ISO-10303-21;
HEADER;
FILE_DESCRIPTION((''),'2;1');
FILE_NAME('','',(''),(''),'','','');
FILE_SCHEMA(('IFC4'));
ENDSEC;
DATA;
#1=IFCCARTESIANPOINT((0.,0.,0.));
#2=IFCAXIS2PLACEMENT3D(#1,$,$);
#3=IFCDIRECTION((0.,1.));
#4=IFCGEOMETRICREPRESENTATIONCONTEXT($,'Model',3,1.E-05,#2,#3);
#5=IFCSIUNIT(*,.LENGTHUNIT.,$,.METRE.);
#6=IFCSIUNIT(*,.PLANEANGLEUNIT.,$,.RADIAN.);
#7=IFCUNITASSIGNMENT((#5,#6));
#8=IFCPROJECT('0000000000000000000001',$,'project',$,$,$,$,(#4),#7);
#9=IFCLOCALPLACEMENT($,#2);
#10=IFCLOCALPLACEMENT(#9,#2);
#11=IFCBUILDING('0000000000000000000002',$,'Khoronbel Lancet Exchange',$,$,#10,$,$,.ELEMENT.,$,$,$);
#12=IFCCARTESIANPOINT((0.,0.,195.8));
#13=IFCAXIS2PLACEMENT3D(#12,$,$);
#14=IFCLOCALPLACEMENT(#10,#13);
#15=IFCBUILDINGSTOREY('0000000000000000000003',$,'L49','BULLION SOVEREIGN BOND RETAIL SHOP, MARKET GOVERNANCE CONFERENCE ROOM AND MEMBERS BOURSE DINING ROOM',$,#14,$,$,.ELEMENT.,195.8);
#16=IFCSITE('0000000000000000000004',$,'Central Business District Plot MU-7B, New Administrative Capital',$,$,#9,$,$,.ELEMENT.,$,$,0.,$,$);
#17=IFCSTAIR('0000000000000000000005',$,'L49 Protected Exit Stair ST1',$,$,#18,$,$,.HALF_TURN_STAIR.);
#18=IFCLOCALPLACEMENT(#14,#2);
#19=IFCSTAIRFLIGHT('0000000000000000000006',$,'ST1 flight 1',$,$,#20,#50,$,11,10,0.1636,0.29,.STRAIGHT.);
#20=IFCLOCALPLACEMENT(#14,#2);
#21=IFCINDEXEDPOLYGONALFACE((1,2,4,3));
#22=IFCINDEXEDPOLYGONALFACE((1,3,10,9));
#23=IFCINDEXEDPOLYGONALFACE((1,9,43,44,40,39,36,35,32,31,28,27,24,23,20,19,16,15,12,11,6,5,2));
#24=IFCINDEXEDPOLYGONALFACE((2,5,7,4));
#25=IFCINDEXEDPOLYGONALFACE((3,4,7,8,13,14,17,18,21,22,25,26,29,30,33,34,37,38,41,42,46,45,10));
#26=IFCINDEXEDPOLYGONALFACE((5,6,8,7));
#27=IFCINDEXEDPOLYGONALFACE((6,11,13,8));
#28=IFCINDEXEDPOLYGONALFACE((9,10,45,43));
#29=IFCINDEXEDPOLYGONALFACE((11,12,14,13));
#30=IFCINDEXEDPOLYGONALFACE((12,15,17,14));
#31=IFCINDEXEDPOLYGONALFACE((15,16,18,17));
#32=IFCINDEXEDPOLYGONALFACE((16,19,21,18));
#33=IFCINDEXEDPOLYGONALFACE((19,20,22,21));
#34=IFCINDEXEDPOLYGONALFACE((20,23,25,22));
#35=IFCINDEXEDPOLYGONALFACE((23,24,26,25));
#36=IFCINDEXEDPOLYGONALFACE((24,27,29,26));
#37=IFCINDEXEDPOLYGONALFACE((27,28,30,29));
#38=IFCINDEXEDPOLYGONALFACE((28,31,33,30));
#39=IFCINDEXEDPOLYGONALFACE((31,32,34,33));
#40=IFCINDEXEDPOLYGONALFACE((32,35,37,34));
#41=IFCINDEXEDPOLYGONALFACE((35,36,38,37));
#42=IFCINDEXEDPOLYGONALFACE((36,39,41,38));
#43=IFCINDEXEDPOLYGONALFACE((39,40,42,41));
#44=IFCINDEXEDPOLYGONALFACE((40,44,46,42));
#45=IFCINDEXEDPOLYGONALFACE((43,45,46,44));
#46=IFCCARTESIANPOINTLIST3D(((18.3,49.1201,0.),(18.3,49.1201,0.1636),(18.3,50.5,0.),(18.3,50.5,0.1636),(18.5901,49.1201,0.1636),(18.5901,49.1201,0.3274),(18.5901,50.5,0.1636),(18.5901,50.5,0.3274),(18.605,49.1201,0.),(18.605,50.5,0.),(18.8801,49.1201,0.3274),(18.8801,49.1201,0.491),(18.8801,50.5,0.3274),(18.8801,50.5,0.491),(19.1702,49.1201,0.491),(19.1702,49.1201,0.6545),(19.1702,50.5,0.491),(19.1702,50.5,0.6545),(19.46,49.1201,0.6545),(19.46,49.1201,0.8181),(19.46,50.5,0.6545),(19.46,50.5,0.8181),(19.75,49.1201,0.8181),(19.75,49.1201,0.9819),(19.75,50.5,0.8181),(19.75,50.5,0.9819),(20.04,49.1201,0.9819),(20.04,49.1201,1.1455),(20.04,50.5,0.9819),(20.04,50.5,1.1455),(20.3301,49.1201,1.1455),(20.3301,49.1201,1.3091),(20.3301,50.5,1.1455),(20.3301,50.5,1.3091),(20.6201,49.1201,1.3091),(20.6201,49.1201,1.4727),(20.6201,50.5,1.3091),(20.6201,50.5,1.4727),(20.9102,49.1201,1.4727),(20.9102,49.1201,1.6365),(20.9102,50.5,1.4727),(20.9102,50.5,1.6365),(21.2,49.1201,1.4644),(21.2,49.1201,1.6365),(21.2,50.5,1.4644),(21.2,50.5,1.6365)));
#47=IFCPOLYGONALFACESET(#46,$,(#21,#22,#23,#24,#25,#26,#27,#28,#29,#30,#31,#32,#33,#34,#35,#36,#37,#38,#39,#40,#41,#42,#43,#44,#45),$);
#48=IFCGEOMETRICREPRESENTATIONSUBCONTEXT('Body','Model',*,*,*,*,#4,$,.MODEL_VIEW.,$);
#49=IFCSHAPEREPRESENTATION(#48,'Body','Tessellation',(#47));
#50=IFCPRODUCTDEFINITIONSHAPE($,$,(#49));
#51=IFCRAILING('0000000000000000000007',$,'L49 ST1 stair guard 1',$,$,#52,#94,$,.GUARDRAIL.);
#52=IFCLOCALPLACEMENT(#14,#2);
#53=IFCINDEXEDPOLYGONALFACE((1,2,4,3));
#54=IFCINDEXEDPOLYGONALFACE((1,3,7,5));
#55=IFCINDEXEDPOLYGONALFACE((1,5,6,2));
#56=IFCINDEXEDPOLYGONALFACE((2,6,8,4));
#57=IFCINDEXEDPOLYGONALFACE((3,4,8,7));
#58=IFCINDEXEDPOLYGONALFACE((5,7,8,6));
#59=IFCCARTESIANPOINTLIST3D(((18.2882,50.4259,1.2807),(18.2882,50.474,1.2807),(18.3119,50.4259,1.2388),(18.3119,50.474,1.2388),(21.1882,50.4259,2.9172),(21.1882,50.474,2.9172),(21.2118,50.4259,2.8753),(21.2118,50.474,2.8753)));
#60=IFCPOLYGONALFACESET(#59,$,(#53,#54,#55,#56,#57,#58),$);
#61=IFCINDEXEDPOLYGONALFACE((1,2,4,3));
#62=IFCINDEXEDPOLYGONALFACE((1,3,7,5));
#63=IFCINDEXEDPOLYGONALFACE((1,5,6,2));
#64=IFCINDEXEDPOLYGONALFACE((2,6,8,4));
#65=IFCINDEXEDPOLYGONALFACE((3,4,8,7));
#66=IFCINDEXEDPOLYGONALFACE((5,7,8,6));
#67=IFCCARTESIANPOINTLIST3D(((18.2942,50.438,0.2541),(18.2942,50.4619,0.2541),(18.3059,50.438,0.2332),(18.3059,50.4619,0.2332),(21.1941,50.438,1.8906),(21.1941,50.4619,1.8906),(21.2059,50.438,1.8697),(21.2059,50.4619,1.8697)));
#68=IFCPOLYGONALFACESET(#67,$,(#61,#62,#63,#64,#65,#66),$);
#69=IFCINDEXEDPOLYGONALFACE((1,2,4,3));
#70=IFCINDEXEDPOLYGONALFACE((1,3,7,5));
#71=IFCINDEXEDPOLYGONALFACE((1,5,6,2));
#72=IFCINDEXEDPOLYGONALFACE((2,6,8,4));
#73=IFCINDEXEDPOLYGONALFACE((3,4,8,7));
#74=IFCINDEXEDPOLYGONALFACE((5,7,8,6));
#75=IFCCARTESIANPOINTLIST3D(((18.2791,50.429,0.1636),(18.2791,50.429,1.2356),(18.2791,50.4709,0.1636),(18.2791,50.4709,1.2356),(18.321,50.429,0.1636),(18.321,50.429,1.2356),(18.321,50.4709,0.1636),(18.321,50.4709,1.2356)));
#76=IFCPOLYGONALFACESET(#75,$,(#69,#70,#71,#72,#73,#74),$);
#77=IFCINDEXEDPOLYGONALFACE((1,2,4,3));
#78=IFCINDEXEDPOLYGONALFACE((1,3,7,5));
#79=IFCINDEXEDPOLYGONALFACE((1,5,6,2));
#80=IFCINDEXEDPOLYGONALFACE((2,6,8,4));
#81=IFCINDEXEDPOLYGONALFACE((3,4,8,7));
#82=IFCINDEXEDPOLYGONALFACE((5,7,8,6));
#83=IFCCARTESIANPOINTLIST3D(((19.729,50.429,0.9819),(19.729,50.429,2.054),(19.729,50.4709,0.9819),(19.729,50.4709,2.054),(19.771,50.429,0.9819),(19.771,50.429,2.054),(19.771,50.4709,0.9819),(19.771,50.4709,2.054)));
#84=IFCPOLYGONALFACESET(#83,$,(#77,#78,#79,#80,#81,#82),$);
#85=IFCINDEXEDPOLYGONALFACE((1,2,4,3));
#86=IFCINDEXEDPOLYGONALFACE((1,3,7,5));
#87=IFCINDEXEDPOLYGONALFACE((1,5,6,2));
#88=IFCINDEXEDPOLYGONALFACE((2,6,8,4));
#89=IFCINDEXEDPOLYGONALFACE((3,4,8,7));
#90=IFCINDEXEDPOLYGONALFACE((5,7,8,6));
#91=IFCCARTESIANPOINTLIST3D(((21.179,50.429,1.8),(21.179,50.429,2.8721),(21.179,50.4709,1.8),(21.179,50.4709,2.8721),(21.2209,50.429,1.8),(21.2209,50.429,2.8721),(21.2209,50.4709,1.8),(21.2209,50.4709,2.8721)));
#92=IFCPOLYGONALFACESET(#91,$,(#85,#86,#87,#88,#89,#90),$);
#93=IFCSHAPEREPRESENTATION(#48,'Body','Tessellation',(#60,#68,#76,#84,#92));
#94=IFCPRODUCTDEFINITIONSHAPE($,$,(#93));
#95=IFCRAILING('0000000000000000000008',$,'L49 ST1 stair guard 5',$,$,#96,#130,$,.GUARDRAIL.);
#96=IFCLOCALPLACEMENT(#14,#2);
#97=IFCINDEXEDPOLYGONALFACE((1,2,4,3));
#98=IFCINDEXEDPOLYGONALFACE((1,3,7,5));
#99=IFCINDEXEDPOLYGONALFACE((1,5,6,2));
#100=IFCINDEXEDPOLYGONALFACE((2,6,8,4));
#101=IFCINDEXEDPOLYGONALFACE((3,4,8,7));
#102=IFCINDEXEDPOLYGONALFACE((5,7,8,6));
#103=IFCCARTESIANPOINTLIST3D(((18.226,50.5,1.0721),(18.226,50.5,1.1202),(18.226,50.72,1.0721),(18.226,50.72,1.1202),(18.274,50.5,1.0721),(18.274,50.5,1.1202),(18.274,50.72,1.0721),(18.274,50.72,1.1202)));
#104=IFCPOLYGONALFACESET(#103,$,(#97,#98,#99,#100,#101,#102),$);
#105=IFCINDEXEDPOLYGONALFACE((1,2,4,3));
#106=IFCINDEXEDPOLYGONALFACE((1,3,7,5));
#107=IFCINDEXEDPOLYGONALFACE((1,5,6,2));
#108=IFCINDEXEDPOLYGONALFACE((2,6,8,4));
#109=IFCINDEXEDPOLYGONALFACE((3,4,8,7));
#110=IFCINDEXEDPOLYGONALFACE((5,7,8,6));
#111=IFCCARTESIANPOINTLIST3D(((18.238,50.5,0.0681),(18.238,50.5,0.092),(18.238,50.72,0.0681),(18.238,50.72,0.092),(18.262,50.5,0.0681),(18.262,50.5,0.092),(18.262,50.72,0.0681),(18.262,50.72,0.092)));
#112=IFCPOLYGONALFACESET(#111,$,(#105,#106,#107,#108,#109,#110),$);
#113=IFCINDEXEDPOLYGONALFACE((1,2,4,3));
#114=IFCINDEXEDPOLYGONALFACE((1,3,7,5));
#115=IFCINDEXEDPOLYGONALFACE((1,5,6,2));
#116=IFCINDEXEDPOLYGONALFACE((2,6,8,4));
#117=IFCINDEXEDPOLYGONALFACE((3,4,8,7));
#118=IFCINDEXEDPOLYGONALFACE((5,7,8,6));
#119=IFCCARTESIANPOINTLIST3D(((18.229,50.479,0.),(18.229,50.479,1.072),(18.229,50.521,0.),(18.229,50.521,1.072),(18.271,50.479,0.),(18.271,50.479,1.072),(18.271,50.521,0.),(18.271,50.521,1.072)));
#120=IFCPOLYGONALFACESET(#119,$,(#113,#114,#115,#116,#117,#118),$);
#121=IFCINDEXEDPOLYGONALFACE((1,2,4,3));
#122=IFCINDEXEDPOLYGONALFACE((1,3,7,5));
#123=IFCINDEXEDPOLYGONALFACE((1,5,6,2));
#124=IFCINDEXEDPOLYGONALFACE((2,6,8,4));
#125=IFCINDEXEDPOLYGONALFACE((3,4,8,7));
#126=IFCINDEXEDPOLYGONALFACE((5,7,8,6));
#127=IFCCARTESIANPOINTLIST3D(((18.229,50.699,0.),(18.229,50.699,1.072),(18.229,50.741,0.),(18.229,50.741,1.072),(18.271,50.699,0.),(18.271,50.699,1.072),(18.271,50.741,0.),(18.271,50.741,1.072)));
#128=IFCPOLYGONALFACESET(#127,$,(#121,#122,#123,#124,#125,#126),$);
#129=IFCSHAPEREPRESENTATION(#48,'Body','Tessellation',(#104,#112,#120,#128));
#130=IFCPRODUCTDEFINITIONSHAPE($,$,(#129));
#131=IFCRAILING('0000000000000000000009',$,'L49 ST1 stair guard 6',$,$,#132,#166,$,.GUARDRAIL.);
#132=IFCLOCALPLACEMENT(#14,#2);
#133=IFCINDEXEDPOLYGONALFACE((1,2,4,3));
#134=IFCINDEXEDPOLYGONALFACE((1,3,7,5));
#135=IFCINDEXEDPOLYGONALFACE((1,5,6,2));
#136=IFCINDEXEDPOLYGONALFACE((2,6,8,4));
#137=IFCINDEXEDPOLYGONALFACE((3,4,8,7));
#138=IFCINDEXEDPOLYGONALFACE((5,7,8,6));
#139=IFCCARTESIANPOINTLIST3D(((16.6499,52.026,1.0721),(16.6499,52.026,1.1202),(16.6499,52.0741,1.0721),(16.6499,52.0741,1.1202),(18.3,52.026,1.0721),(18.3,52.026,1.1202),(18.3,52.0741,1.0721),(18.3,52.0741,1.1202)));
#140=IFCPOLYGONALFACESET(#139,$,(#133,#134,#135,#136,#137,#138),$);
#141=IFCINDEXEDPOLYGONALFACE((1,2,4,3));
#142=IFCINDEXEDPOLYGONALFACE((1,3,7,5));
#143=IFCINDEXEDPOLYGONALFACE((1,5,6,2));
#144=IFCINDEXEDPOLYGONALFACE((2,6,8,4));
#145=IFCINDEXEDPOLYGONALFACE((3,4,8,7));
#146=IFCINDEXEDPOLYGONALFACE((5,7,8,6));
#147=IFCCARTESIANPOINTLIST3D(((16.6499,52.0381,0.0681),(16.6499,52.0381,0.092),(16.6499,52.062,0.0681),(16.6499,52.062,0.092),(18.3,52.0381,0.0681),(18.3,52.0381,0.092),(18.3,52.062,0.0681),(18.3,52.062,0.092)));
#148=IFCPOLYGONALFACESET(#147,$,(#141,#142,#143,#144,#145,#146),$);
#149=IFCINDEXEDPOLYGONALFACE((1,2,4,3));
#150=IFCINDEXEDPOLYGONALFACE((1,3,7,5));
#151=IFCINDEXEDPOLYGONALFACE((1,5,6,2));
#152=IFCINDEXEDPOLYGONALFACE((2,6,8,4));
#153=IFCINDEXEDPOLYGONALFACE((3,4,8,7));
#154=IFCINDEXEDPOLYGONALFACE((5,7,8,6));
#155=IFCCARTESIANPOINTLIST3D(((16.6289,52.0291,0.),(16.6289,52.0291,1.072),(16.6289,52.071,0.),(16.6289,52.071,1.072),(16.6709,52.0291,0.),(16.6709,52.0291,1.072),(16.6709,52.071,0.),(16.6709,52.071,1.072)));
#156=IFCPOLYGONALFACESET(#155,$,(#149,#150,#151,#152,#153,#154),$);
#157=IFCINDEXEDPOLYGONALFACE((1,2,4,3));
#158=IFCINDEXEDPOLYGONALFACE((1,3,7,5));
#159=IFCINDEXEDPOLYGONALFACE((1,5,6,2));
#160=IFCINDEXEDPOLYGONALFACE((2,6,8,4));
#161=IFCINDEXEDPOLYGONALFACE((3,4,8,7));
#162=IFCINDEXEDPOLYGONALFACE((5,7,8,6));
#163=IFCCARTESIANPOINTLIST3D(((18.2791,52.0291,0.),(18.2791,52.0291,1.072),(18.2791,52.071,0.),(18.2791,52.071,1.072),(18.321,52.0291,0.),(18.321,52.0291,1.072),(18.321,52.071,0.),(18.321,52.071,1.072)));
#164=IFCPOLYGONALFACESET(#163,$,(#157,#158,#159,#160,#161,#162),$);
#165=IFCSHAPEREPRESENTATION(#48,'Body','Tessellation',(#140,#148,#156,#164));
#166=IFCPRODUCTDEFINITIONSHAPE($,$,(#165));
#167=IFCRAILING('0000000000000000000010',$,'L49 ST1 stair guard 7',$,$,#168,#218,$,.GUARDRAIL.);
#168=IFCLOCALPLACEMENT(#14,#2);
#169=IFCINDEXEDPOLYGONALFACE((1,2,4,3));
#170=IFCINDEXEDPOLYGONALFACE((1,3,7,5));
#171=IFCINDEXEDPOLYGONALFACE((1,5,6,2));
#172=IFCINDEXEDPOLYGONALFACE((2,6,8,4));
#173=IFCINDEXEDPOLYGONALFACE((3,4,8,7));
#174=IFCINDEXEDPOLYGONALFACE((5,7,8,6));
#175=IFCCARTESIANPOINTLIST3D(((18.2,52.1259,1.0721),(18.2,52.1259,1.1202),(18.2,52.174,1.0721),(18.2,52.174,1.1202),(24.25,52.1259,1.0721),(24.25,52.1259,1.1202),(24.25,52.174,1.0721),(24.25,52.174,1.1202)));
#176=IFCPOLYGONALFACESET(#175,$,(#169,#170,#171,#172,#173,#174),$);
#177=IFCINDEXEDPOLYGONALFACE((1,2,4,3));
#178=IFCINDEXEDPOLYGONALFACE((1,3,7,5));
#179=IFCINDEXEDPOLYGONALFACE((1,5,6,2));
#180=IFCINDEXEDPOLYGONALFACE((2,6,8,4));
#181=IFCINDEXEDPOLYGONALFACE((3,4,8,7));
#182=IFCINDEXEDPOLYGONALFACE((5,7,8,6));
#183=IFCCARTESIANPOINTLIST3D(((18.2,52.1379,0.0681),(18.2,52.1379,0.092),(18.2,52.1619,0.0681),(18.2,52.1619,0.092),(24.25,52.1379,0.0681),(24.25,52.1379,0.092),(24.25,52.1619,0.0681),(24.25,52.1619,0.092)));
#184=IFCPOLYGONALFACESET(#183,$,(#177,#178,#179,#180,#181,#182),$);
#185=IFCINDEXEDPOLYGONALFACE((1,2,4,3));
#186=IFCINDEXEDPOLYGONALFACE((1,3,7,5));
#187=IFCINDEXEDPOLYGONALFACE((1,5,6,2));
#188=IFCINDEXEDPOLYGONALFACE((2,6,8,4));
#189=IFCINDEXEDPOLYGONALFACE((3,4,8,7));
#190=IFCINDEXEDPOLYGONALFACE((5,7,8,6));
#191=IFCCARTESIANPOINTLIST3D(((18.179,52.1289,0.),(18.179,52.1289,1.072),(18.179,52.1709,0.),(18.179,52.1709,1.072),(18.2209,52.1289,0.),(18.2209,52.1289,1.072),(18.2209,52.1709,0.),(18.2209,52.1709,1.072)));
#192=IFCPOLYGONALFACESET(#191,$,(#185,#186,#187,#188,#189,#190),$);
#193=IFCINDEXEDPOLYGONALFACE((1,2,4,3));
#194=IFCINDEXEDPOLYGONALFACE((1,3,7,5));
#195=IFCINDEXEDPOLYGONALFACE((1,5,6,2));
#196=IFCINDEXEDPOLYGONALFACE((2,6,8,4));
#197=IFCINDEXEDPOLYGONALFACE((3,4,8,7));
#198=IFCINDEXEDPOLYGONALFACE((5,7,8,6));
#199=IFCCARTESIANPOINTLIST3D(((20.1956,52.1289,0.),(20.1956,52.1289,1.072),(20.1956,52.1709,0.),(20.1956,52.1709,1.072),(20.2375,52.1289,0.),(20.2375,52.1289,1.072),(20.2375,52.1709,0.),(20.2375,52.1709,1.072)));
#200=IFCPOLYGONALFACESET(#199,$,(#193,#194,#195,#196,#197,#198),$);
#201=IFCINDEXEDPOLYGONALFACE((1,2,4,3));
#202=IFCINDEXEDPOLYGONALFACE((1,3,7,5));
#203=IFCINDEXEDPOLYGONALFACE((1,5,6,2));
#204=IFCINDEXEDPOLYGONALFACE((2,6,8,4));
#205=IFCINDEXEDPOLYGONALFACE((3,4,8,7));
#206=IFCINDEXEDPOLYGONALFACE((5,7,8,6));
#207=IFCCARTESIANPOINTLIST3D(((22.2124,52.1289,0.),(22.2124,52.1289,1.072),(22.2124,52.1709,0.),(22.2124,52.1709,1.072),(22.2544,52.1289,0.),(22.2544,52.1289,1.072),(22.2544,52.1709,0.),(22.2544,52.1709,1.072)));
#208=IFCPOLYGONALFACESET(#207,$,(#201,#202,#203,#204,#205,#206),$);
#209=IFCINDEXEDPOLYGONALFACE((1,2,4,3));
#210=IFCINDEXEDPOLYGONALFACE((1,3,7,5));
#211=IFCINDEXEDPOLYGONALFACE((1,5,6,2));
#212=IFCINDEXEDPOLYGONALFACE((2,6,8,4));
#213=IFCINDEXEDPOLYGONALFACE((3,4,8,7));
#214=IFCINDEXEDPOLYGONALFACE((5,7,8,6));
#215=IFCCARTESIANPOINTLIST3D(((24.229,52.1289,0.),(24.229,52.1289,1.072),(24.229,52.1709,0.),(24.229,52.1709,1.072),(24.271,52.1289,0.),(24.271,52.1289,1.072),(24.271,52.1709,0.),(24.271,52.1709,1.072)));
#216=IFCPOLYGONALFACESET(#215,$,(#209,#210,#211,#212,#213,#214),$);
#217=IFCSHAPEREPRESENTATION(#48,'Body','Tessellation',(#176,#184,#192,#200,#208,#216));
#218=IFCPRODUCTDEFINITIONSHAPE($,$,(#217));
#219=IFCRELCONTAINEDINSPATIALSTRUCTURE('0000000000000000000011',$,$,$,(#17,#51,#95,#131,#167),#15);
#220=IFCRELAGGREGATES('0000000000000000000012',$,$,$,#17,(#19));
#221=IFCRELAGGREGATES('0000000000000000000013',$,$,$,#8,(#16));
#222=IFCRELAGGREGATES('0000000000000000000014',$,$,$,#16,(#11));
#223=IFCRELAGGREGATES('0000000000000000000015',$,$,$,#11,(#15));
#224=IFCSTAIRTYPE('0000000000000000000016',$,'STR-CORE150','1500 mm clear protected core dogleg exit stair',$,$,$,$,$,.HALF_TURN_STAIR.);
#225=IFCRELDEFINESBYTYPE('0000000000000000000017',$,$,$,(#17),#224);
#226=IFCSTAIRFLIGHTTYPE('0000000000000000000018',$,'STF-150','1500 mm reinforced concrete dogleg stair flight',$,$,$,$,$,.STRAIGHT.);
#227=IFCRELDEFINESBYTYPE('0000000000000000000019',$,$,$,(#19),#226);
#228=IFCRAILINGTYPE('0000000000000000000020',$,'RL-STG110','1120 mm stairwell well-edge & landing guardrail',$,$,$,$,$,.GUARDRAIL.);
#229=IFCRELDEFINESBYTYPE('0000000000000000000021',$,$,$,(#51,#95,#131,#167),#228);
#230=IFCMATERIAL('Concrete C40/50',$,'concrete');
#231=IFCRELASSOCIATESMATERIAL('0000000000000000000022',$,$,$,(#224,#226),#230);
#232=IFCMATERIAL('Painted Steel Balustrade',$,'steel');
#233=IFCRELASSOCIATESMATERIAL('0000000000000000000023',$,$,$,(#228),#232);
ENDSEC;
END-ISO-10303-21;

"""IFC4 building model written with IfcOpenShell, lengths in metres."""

from ifc_helpers import new_model, si_unit, direction, frame, origin, origin_2d, place, context, subcontext, project, spatial, polyline, rectangle, outline, extrude, material, type_object, element, aggregate, save


model = new_model("IFC4")

# Units and contexts
model_context = context("Model", 3, precision=1e-05, world=origin(), true_north=direction((0.0, 1.0)))
body_context = subcontext(model_context, "Body", "Model", "MODEL_VIEW")
ifc_project = project(units=[si_unit("LENGTHUNIT", "METRE"), si_unit("PLANEANGLEUNIT", "RADIAN")], contexts=[model_context])

# Site, building, storey
site_placement = place(None, origin())
site = spatial("IfcSite", under=ifc_project, at=site_placement, Name="Central Business District Plot MU-7B, New Administrative Capital", CompositionType="ELEMENT", RefElevation=0.0)
building_placement = place(site_placement, origin())
building = spatial("IfcBuilding", under=site, at=building_placement, Name="Khoronbel Lancet Exchange", CompositionType="ELEMENT")
storey_placement = place(building_placement, frame((0.0, 0.0, 195.8)))
storey = spatial("IfcBuildingStorey", under=building, at=storey_placement, Name="L49", Description="BULLION SOVEREIGN BOND RETAIL SHOP, MARKET GOVERNANCE CONFERENCE ROOM AND MEMBERS BOURSE DINING ROOM", CompositionType="ELEMENT", Elevation=195.8)

# Stair, stair flight
ifc_material_1 = material(Name="Concrete C40/50", Category="concrete")
stair_type = type_object("IfcStairType", Name="STR-CORE150", Description="1500 mm clear protected core dogleg exit stair", PredefinedType="HALF_TURN_STAIR", material=ifc_material_1)
stair_placement = place(storey_placement, origin())
stair = element("IfcStair", 1, at=stair_placement, inside=storey, type_object=stair_type, Name="L49 Protected Exit Stair ST1", PredefinedType="HALF_TURN_STAIR")
stair_flight_type = type_object("IfcStairFlightType", Name="STF-150", Description="1500 mm reinforced concrete dogleg stair flight", PredefinedType="STRAIGHT", material=ifc_material_1)
stair_flight_placement = place(storey_placement, frame((18.3, 49.8101, 0.0), z_axis=(0.0, 0.0, 1.0), x_axis=(1.0, 0.0, 0.0)))
stair_flight = element("IfcStairFlight", 2, at=stair_flight_placement, type_object=stair_flight_type, Name="ST1 flight 1", NumberOfRisers=11, NumberOfTreads=10, PredefinedType="STRAIGHT", RiserHeight=0.1636, TreadLength=0.29, context=body_context, shape_type="SweptSolid", body=[
    extrude(outline(polyline([(0.0, 0.0), (0.0, 0.1636), (0.29, 0.1636), (0.29, 0.3274), (0.5801, 0.3274), (0.5801, 0.491), (0.8701, 0.491), (0.8701, 0.6545), (1.1599, 0.6545), (1.1599, 0.8181), (1.45, 0.8181), (1.45, 0.9819), (1.74, 0.9819), (1.74, 1.1455), (2.03, 1.1455), (2.03, 1.3091), (2.3201, 1.3091), (2.3201, 1.4727), (2.6101, 1.4727), (2.6101, 1.6365), (2.8999, 1.6365), (2.8999, 1.8), (2.8999, 1.4644), (0.3049, 0.0), (0.0, 0.0)])), frame((0.0, 0.6899, 0.0), z_axis=(0.0, -1.0, 0.0), x_axis=(1.0, 0.0, 0.0)), (0.0, 0.0, 1.0), 1.3799),
])
aggregate(stair, [stair_flight])

# Railings
ifc_material_2 = material(Name="Painted Steel Balustrade", Category="steel")
railing_type_1 = type_object("IfcRailingType", Name="RL-STG110", Description="1120 mm stairwell well-edge & landing guardrail", PredefinedType="GUARDRAIL", material=ifc_material_2)
railing_1_placement = place(storey_placement, frame((18.3, 50.45, 0.1636)))
element("IfcRailing", 3, at=railing_1_placement, inside=storey, type_object=railing_type_1, Name="L49 ST1 stair guard 1", PredefinedType="GUARDRAIL", context=body_context, shape_type="SweptSolid", body=[
    extrude(rectangle(XDim=0.0481, YDim=0.0481, at=origin_2d()), frame((0.0, 0.0, 1.0962), z_axis=(0.870897, 0.0, 0.491465), x_axis=(0.0, 1.0, 0.0)), (0.0, 0.0, 1.0), 3.3298),
    extrude(rectangle(XDim=0.0239, YDim=0.0239, at=origin_2d()), frame((0.0, 0.0, 0.0801), z_axis=(0.870897, 0.0, 0.491465), x_axis=(0.0, 1.0, 0.0)), (0.0, 0.0, 1.0), 3.3298),
    extrude(rectangle(XDim=0.042, YDim=0.042, at=origin_2d()), origin(), (0.0, 0.0, 1.0), 1.072),
    extrude(rectangle(XDim=0.042, YDim=0.042, at=origin_2d()), frame((1.45, 0.0, 0.8184)), (0.0, 0.0, 1.0), 1.072),
    extrude(rectangle(XDim=0.042, YDim=0.042, at=origin_2d()), frame((2.8999, 0.0, 1.6365)), (0.0, 0.0, 1.0), 1.072),
])
railing_2_placement = place(storey_placement, frame((18.25, 50.5, 0.0)))
element("IfcRailing", 4, at=railing_2_placement, inside=storey, type_object=railing_type_1, Name="L49 ST1 stair guard 5", PredefinedType="GUARDRAIL", context=body_context, shape_type="SweptSolid", body=[
    extrude(rectangle(XDim=0.0481, YDim=0.0481, at=origin_2d()), frame((0.0, 0.0, 1.0962), z_axis=(0.0, 1.0, 0.0), x_axis=(-1.0, 0.0, 0.0)), (0.0, 0.0, 1.0), 0.22),
    extrude(rectangle(XDim=0.0239, YDim=0.0239, at=origin_2d()), frame((0.0, 0.0, 0.0801), z_axis=(0.0, 1.0, 0.0), x_axis=(-1.0, 0.0, 0.0)), (0.0, 0.0, 1.0), 0.22),
    extrude(rectangle(XDim=0.042, YDim=0.042, at=origin_2d()), origin(), (0.0, 0.0, 1.0), 1.072),
    extrude(rectangle(XDim=0.042, YDim=0.042, at=origin_2d()), frame((0.0, 0.22, 0.0)), (0.0, 0.0, 1.0), 1.072),
])
railing_3_placement = place(storey_placement, frame((16.6499, 52.05, 0.0)))
element("IfcRailing", 5, at=railing_3_placement, inside=storey, type_object=railing_type_1, Name="L49 ST1 stair guard 6", PredefinedType="GUARDRAIL", context=body_context, shape_type="SweptSolid", body=[
    extrude(rectangle(XDim=0.0481, YDim=0.0481, at=origin_2d()), frame((0.0, 0.0, 1.0962), z_axis=(1.0, 0.0, 0.0), x_axis=(0.0, 1.0, 0.0)), (0.0, 0.0, 1.0), 1.6501),
    extrude(rectangle(XDim=0.0239, YDim=0.0239, at=origin_2d()), frame((0.0, 0.0, 0.0801), z_axis=(1.0, 0.0, 0.0), x_axis=(0.0, 1.0, 0.0)), (0.0, 0.0, 1.0), 1.6501),
    extrude(rectangle(XDim=0.042, YDim=0.042, at=origin_2d()), origin(), (0.0, 0.0, 1.0), 1.072),
    extrude(rectangle(XDim=0.042, YDim=0.042, at=origin_2d()), frame((1.6501, 0.0, 0.0)), (0.0, 0.0, 1.0), 1.072),
])
railing_4_placement = place(storey_placement, frame((18.2, 52.1499, 0.0)))
element("IfcRailing", 6, at=railing_4_placement, inside=storey, type_object=railing_type_1, Name="L49 ST1 stair guard 7", PredefinedType="GUARDRAIL", context=body_context, shape_type="SweptSolid", body=[
    extrude(rectangle(XDim=0.0481, YDim=0.0481, at=origin_2d()), frame((0.0, 0.0, 1.0962), z_axis=(1.0, 0.0, 0.0), x_axis=(0.0, 1.0, 0.0)), (0.0, 0.0, 1.0), 6.05),
    extrude(rectangle(XDim=0.0239, YDim=0.0239, at=origin_2d()), frame((0.0, 0.0, 0.0801), z_axis=(1.0, 0.0, 0.0), x_axis=(0.0, 1.0, 0.0)), (0.0, 0.0, 1.0), 6.05),
    extrude(rectangle(XDim=0.042, YDim=0.042, at=origin_2d()), origin(), (0.0, 0.0, 1.0), 1.072),
    extrude(rectangle(XDim=0.042, YDim=0.042, at=origin_2d()), frame((2.0166, 0.0, 0.0)), (0.0, 0.0, 1.0), 1.072),
    extrude(rectangle(XDim=0.042, YDim=0.042, at=origin_2d()), frame((4.0334, 0.0, 0.0)), (0.0, 0.0, 1.0), 1.072),
    extrude(rectangle(XDim=0.042, YDim=0.042, at=origin_2d()), frame((6.05, 0.0, 0.0)), (0.0, 0.0, 1.0), 1.072),
])

save(model, "model.ifc")
